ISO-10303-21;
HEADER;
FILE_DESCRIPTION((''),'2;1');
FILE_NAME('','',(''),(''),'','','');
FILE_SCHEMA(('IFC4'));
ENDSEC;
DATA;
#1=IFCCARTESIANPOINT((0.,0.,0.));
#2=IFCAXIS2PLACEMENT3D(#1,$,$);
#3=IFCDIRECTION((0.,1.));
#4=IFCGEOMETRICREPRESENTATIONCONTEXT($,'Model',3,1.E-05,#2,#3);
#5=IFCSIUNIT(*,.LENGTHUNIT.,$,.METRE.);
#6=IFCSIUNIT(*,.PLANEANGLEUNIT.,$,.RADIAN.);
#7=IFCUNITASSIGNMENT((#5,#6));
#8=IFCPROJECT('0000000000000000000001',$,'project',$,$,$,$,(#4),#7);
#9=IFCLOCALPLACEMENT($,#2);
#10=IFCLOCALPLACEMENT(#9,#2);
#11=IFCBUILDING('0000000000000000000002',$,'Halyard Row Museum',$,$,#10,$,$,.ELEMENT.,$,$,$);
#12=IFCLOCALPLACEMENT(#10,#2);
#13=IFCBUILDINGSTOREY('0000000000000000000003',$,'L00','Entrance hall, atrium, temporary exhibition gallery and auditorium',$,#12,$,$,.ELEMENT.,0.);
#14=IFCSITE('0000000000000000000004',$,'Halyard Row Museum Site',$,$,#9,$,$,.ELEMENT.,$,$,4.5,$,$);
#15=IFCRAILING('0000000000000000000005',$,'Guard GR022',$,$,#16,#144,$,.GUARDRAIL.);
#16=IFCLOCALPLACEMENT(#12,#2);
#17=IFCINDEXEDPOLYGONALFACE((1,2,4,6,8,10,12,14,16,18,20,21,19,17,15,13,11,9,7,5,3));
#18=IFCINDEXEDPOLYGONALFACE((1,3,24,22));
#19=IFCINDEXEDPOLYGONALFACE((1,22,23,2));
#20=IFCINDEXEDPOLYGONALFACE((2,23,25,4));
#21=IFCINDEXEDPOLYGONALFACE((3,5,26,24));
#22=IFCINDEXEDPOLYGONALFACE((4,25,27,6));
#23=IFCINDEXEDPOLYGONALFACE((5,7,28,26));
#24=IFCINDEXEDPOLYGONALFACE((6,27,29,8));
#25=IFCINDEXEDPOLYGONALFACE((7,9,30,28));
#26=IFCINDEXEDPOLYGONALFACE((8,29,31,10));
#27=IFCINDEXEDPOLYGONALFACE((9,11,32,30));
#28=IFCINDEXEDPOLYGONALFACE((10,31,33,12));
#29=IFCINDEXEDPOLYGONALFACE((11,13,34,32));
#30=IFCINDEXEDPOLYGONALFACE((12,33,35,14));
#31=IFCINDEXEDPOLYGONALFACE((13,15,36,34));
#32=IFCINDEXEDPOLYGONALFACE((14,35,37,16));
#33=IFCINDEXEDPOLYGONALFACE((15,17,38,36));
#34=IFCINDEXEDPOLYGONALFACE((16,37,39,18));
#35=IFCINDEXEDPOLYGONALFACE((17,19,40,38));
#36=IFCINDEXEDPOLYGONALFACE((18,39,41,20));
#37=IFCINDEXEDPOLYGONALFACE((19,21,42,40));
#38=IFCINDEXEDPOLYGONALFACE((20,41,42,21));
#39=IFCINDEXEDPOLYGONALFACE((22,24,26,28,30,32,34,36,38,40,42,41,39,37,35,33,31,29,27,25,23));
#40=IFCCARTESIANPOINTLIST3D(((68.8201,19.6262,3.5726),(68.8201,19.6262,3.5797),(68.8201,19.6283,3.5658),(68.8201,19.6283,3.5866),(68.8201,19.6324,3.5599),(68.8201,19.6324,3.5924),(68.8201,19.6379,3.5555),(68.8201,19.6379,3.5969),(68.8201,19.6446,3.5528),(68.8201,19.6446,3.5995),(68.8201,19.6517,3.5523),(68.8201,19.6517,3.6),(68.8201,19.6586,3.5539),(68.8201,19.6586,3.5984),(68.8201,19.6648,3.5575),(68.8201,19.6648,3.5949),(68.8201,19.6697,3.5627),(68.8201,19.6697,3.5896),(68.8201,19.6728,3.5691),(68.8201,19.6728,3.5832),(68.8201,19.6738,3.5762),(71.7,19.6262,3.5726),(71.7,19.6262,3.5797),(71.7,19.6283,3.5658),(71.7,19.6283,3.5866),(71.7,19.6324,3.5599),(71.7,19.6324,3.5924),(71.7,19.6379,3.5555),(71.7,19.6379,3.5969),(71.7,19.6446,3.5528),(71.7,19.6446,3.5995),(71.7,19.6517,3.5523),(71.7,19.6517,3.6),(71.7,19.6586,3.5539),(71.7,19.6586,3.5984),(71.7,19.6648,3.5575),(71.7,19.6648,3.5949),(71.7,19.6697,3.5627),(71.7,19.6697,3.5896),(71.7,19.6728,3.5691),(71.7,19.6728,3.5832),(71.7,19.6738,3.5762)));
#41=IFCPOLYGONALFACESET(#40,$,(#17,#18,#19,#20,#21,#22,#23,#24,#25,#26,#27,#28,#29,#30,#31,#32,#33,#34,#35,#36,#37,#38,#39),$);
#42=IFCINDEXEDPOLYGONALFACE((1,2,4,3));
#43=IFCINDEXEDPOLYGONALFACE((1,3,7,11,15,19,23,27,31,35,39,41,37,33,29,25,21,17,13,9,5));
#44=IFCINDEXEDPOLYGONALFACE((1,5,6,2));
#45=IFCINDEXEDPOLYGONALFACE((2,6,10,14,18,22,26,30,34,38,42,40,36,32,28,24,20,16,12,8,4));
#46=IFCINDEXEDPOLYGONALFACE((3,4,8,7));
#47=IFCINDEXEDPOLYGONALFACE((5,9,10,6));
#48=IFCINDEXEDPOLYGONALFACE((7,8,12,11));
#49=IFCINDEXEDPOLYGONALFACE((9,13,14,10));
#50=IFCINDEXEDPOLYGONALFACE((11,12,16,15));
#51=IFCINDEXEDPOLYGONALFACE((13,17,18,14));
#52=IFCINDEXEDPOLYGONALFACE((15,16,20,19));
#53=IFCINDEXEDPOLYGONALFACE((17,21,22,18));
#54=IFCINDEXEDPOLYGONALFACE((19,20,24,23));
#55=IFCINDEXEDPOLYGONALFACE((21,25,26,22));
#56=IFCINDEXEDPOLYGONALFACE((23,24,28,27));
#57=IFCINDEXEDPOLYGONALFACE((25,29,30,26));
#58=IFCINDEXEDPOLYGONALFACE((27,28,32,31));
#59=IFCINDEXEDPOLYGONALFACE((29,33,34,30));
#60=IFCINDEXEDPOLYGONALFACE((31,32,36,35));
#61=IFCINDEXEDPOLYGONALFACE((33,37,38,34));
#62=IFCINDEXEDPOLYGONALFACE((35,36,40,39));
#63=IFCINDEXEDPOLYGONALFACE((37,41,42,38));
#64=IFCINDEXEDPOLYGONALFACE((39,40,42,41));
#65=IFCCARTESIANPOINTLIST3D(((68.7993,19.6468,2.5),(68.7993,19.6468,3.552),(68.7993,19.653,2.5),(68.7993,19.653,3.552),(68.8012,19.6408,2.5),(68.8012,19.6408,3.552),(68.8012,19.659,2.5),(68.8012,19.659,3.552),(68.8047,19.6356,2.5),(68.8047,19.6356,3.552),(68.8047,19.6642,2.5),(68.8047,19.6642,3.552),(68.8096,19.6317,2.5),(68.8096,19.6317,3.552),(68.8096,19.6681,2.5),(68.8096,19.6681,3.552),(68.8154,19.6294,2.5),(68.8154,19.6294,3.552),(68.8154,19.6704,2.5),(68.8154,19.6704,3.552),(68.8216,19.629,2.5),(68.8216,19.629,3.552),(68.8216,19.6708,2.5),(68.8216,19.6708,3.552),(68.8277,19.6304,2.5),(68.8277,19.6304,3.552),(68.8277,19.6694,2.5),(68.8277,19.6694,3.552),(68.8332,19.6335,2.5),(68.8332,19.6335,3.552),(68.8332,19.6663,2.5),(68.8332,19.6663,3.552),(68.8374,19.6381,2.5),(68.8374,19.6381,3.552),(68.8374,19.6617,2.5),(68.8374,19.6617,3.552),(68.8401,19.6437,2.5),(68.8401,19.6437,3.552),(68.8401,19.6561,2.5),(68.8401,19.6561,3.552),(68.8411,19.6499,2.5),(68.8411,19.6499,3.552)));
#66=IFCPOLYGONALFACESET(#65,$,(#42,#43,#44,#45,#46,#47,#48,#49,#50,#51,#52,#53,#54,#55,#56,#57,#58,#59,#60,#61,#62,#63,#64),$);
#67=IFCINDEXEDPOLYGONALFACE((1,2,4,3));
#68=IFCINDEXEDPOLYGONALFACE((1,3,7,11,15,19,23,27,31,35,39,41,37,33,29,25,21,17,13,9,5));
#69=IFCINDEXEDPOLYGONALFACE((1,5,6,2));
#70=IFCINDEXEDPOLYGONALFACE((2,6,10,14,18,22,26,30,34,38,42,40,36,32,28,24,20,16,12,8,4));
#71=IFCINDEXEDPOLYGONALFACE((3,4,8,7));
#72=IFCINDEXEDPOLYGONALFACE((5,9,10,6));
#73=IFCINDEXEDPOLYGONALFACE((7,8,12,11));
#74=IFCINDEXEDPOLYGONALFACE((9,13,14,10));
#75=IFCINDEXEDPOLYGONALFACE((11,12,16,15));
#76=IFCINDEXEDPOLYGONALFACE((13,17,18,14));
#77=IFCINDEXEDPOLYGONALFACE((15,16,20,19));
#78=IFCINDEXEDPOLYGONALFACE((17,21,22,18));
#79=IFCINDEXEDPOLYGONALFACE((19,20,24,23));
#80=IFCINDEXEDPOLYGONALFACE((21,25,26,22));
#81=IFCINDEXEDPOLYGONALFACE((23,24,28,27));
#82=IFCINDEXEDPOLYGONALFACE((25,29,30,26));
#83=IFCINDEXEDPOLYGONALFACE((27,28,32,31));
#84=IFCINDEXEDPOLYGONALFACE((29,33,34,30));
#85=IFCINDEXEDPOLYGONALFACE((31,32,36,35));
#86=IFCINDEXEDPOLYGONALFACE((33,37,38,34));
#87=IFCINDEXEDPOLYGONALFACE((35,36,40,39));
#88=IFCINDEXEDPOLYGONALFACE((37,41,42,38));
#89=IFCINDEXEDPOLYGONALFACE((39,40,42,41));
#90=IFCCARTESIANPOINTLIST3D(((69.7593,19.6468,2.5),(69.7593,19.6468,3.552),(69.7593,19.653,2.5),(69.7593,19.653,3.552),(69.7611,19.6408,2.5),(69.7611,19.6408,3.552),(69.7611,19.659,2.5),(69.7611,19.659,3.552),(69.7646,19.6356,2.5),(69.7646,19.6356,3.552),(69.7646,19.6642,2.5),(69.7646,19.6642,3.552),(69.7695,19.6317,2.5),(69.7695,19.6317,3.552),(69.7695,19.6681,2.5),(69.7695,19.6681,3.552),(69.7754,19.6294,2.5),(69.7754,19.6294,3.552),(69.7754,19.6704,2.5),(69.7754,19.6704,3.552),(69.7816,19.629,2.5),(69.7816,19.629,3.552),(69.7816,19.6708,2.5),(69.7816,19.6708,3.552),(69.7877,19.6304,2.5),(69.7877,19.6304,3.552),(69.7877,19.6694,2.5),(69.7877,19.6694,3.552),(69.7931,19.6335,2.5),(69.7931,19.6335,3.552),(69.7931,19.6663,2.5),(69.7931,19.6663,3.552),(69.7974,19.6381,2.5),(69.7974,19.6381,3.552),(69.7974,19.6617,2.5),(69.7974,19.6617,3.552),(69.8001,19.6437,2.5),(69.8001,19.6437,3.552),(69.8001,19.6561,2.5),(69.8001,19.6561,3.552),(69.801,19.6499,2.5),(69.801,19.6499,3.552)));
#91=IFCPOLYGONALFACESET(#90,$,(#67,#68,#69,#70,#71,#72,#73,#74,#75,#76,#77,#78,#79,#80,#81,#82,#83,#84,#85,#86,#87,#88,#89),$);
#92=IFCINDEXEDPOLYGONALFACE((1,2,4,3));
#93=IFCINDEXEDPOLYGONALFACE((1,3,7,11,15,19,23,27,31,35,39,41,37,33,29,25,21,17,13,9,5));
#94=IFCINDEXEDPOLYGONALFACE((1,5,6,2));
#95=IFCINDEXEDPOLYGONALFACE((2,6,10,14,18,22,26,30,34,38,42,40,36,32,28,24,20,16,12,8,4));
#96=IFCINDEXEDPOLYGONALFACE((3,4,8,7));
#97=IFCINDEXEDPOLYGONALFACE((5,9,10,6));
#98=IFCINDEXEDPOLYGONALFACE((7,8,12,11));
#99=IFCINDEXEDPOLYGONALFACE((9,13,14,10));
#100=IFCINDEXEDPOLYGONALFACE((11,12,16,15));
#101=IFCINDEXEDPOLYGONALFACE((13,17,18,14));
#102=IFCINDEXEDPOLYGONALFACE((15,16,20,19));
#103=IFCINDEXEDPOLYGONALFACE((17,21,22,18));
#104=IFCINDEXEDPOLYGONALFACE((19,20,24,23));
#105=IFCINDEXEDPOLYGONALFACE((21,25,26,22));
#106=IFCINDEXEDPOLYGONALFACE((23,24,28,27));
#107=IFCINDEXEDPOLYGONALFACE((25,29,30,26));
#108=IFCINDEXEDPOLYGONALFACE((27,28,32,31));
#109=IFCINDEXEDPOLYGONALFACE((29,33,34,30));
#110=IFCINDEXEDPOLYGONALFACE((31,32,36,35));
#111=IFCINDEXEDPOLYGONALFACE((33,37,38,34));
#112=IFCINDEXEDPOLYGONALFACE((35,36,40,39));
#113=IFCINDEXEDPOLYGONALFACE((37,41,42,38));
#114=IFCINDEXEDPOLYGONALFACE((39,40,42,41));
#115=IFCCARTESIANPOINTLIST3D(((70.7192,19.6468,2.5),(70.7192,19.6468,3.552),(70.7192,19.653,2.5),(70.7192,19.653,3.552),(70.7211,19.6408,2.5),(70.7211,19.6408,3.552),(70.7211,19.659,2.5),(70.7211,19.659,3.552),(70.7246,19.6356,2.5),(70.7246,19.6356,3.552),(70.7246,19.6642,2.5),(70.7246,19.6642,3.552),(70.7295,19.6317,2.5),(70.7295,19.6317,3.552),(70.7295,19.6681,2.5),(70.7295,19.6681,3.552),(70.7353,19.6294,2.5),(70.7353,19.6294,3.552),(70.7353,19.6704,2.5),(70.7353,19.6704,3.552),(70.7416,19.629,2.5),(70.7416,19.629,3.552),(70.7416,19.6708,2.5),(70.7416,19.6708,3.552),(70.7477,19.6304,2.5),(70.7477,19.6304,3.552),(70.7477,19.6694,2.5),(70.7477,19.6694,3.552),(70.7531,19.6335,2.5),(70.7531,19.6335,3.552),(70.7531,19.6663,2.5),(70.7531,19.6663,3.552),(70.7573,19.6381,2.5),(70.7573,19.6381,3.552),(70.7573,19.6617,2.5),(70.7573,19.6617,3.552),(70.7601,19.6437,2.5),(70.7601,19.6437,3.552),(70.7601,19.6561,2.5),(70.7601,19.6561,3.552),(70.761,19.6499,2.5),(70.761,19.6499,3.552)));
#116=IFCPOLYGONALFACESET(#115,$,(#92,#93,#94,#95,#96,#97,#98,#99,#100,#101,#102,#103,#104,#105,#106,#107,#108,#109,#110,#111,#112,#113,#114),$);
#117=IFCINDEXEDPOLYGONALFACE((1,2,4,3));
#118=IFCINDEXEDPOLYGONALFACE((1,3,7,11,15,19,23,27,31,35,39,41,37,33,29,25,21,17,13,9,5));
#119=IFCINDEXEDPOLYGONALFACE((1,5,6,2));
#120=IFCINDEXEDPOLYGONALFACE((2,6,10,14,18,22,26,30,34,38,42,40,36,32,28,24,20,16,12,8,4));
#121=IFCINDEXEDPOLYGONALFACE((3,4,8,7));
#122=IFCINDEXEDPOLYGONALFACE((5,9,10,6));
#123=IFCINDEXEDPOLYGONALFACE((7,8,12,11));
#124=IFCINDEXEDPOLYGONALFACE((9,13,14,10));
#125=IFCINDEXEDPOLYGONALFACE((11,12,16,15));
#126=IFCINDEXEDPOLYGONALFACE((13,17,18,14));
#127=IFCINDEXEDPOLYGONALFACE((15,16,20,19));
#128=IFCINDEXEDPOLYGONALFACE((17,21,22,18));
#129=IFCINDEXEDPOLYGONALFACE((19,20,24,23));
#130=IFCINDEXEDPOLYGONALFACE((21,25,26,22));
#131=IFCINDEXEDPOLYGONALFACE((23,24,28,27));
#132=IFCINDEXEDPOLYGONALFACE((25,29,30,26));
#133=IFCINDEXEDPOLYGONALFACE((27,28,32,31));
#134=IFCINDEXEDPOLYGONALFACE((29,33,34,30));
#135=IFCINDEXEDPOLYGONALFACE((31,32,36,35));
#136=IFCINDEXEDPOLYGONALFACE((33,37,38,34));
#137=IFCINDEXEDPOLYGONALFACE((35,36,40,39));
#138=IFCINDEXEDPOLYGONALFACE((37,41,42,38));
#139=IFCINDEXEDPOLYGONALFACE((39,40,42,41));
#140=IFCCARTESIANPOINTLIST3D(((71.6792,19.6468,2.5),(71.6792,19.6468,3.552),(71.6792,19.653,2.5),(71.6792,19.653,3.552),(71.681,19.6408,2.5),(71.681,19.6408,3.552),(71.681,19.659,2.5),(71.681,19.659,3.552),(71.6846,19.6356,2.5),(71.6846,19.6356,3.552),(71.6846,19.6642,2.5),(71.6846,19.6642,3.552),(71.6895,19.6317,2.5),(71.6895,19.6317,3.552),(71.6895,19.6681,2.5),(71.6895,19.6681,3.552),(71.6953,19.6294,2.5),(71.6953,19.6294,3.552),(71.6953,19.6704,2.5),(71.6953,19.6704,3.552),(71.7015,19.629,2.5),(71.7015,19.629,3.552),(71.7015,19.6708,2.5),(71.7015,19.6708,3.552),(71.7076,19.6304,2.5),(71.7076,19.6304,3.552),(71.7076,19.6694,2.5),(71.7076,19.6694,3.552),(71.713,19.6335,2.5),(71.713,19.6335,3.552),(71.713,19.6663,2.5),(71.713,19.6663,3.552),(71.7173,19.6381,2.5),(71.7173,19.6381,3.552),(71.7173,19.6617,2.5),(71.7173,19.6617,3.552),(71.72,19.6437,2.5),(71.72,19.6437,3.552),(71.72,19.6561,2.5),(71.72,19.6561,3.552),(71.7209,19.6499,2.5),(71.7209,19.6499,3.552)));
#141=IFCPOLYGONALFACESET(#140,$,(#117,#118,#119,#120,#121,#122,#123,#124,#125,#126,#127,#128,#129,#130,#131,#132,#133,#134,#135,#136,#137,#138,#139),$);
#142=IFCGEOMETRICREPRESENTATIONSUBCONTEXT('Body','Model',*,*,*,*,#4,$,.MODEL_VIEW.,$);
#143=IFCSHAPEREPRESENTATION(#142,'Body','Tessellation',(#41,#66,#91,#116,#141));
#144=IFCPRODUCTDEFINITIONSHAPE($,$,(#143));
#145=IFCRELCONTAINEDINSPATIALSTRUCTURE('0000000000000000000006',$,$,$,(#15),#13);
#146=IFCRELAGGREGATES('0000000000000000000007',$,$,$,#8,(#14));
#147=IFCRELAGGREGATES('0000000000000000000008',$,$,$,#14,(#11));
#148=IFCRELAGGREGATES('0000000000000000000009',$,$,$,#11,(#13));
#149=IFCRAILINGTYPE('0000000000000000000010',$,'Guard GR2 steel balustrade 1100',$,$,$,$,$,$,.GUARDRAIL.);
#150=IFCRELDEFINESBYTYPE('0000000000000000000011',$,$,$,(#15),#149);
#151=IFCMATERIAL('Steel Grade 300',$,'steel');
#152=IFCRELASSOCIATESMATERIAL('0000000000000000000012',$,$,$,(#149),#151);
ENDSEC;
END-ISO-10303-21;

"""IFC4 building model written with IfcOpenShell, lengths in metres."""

from ifc_helpers import new_model, si_unit, direction, frame, origin, origin_2d, place, context, subcontext, project, spatial, circle, extrude, material, type_object, element, save


model = new_model("IFC4")

# Units and contexts
model_context = context("Model", 3, precision=1e-05, world=origin(), true_north=direction((0.0, 1.0)))
body_context = subcontext(model_context, "Body", "Model", "MODEL_VIEW")
ifc_project = project(units=[si_unit("LENGTHUNIT", "METRE"), si_unit("PLANEANGLEUNIT", "RADIAN")], contexts=[model_context])

# Site, building, storey
site_placement = place(None, origin())
site = spatial("IfcSite", under=ifc_project, at=site_placement, Name="Halyard Row Museum Site", CompositionType="ELEMENT", RefElevation=4.5)
building_placement = place(site_placement, origin())
building = spatial("IfcBuilding", under=site, at=building_placement, Name="Halyard Row Museum", CompositionType="ELEMENT")
storey_placement = place(building_placement, origin())
storey = spatial("IfcBuildingStorey", under=building, at=storey_placement, Name="L00", Description="Entrance hall, atrium, temporary exhibition gallery and auditorium", CompositionType="ELEMENT", Elevation=0.0)

# Railing
ifc_material_1 = material(Name="Steel Grade 300", Category="steel")
railing_type_1 = type_object("IfcRailingType", Name="Guard GR2 steel balustrade 1100", PredefinedType="GUARDRAIL", material=ifc_material_1)
railing_1_placement = place(storey_placement, frame((68.8201, 19.6499, 2.5)))
element("IfcRailing", 1, at=railing_1_placement, inside=storey, type_object=railing_type_1, Name="Guard GR022", PredefinedType="GUARDRAIL", context=body_context, shape_type="SweptSolid", body=[
    extrude(circle(Radius=0.0239, at=origin_2d()), frame((0.0, 0.0, 1.0762), z_axis=(1.0, 0.0, 0.0), x_axis=(0.0, 1.0, 0.0)), (0.0, 0.0, 1.0), 2.8799),
    extrude(circle(Radius=0.021, at=origin_2d()), origin(), (0.0, 0.0, 1.0), 1.052),
    extrude(circle(Radius=0.021, at=origin_2d()), frame((0.96, 0.0, 0.0)), (0.0, 0.0, 1.0), 1.052),
    extrude(circle(Radius=0.021, at=origin_2d()), frame((1.9199, 0.0, 0.0)), (0.0, 0.0, 1.0), 1.052),
    extrude(circle(Radius=0.021, at=origin_2d()), frame((2.8799, 0.0, 0.0)), (0.0, 0.0, 1.0), 1.052),
])

save(model, "model.ifc")
